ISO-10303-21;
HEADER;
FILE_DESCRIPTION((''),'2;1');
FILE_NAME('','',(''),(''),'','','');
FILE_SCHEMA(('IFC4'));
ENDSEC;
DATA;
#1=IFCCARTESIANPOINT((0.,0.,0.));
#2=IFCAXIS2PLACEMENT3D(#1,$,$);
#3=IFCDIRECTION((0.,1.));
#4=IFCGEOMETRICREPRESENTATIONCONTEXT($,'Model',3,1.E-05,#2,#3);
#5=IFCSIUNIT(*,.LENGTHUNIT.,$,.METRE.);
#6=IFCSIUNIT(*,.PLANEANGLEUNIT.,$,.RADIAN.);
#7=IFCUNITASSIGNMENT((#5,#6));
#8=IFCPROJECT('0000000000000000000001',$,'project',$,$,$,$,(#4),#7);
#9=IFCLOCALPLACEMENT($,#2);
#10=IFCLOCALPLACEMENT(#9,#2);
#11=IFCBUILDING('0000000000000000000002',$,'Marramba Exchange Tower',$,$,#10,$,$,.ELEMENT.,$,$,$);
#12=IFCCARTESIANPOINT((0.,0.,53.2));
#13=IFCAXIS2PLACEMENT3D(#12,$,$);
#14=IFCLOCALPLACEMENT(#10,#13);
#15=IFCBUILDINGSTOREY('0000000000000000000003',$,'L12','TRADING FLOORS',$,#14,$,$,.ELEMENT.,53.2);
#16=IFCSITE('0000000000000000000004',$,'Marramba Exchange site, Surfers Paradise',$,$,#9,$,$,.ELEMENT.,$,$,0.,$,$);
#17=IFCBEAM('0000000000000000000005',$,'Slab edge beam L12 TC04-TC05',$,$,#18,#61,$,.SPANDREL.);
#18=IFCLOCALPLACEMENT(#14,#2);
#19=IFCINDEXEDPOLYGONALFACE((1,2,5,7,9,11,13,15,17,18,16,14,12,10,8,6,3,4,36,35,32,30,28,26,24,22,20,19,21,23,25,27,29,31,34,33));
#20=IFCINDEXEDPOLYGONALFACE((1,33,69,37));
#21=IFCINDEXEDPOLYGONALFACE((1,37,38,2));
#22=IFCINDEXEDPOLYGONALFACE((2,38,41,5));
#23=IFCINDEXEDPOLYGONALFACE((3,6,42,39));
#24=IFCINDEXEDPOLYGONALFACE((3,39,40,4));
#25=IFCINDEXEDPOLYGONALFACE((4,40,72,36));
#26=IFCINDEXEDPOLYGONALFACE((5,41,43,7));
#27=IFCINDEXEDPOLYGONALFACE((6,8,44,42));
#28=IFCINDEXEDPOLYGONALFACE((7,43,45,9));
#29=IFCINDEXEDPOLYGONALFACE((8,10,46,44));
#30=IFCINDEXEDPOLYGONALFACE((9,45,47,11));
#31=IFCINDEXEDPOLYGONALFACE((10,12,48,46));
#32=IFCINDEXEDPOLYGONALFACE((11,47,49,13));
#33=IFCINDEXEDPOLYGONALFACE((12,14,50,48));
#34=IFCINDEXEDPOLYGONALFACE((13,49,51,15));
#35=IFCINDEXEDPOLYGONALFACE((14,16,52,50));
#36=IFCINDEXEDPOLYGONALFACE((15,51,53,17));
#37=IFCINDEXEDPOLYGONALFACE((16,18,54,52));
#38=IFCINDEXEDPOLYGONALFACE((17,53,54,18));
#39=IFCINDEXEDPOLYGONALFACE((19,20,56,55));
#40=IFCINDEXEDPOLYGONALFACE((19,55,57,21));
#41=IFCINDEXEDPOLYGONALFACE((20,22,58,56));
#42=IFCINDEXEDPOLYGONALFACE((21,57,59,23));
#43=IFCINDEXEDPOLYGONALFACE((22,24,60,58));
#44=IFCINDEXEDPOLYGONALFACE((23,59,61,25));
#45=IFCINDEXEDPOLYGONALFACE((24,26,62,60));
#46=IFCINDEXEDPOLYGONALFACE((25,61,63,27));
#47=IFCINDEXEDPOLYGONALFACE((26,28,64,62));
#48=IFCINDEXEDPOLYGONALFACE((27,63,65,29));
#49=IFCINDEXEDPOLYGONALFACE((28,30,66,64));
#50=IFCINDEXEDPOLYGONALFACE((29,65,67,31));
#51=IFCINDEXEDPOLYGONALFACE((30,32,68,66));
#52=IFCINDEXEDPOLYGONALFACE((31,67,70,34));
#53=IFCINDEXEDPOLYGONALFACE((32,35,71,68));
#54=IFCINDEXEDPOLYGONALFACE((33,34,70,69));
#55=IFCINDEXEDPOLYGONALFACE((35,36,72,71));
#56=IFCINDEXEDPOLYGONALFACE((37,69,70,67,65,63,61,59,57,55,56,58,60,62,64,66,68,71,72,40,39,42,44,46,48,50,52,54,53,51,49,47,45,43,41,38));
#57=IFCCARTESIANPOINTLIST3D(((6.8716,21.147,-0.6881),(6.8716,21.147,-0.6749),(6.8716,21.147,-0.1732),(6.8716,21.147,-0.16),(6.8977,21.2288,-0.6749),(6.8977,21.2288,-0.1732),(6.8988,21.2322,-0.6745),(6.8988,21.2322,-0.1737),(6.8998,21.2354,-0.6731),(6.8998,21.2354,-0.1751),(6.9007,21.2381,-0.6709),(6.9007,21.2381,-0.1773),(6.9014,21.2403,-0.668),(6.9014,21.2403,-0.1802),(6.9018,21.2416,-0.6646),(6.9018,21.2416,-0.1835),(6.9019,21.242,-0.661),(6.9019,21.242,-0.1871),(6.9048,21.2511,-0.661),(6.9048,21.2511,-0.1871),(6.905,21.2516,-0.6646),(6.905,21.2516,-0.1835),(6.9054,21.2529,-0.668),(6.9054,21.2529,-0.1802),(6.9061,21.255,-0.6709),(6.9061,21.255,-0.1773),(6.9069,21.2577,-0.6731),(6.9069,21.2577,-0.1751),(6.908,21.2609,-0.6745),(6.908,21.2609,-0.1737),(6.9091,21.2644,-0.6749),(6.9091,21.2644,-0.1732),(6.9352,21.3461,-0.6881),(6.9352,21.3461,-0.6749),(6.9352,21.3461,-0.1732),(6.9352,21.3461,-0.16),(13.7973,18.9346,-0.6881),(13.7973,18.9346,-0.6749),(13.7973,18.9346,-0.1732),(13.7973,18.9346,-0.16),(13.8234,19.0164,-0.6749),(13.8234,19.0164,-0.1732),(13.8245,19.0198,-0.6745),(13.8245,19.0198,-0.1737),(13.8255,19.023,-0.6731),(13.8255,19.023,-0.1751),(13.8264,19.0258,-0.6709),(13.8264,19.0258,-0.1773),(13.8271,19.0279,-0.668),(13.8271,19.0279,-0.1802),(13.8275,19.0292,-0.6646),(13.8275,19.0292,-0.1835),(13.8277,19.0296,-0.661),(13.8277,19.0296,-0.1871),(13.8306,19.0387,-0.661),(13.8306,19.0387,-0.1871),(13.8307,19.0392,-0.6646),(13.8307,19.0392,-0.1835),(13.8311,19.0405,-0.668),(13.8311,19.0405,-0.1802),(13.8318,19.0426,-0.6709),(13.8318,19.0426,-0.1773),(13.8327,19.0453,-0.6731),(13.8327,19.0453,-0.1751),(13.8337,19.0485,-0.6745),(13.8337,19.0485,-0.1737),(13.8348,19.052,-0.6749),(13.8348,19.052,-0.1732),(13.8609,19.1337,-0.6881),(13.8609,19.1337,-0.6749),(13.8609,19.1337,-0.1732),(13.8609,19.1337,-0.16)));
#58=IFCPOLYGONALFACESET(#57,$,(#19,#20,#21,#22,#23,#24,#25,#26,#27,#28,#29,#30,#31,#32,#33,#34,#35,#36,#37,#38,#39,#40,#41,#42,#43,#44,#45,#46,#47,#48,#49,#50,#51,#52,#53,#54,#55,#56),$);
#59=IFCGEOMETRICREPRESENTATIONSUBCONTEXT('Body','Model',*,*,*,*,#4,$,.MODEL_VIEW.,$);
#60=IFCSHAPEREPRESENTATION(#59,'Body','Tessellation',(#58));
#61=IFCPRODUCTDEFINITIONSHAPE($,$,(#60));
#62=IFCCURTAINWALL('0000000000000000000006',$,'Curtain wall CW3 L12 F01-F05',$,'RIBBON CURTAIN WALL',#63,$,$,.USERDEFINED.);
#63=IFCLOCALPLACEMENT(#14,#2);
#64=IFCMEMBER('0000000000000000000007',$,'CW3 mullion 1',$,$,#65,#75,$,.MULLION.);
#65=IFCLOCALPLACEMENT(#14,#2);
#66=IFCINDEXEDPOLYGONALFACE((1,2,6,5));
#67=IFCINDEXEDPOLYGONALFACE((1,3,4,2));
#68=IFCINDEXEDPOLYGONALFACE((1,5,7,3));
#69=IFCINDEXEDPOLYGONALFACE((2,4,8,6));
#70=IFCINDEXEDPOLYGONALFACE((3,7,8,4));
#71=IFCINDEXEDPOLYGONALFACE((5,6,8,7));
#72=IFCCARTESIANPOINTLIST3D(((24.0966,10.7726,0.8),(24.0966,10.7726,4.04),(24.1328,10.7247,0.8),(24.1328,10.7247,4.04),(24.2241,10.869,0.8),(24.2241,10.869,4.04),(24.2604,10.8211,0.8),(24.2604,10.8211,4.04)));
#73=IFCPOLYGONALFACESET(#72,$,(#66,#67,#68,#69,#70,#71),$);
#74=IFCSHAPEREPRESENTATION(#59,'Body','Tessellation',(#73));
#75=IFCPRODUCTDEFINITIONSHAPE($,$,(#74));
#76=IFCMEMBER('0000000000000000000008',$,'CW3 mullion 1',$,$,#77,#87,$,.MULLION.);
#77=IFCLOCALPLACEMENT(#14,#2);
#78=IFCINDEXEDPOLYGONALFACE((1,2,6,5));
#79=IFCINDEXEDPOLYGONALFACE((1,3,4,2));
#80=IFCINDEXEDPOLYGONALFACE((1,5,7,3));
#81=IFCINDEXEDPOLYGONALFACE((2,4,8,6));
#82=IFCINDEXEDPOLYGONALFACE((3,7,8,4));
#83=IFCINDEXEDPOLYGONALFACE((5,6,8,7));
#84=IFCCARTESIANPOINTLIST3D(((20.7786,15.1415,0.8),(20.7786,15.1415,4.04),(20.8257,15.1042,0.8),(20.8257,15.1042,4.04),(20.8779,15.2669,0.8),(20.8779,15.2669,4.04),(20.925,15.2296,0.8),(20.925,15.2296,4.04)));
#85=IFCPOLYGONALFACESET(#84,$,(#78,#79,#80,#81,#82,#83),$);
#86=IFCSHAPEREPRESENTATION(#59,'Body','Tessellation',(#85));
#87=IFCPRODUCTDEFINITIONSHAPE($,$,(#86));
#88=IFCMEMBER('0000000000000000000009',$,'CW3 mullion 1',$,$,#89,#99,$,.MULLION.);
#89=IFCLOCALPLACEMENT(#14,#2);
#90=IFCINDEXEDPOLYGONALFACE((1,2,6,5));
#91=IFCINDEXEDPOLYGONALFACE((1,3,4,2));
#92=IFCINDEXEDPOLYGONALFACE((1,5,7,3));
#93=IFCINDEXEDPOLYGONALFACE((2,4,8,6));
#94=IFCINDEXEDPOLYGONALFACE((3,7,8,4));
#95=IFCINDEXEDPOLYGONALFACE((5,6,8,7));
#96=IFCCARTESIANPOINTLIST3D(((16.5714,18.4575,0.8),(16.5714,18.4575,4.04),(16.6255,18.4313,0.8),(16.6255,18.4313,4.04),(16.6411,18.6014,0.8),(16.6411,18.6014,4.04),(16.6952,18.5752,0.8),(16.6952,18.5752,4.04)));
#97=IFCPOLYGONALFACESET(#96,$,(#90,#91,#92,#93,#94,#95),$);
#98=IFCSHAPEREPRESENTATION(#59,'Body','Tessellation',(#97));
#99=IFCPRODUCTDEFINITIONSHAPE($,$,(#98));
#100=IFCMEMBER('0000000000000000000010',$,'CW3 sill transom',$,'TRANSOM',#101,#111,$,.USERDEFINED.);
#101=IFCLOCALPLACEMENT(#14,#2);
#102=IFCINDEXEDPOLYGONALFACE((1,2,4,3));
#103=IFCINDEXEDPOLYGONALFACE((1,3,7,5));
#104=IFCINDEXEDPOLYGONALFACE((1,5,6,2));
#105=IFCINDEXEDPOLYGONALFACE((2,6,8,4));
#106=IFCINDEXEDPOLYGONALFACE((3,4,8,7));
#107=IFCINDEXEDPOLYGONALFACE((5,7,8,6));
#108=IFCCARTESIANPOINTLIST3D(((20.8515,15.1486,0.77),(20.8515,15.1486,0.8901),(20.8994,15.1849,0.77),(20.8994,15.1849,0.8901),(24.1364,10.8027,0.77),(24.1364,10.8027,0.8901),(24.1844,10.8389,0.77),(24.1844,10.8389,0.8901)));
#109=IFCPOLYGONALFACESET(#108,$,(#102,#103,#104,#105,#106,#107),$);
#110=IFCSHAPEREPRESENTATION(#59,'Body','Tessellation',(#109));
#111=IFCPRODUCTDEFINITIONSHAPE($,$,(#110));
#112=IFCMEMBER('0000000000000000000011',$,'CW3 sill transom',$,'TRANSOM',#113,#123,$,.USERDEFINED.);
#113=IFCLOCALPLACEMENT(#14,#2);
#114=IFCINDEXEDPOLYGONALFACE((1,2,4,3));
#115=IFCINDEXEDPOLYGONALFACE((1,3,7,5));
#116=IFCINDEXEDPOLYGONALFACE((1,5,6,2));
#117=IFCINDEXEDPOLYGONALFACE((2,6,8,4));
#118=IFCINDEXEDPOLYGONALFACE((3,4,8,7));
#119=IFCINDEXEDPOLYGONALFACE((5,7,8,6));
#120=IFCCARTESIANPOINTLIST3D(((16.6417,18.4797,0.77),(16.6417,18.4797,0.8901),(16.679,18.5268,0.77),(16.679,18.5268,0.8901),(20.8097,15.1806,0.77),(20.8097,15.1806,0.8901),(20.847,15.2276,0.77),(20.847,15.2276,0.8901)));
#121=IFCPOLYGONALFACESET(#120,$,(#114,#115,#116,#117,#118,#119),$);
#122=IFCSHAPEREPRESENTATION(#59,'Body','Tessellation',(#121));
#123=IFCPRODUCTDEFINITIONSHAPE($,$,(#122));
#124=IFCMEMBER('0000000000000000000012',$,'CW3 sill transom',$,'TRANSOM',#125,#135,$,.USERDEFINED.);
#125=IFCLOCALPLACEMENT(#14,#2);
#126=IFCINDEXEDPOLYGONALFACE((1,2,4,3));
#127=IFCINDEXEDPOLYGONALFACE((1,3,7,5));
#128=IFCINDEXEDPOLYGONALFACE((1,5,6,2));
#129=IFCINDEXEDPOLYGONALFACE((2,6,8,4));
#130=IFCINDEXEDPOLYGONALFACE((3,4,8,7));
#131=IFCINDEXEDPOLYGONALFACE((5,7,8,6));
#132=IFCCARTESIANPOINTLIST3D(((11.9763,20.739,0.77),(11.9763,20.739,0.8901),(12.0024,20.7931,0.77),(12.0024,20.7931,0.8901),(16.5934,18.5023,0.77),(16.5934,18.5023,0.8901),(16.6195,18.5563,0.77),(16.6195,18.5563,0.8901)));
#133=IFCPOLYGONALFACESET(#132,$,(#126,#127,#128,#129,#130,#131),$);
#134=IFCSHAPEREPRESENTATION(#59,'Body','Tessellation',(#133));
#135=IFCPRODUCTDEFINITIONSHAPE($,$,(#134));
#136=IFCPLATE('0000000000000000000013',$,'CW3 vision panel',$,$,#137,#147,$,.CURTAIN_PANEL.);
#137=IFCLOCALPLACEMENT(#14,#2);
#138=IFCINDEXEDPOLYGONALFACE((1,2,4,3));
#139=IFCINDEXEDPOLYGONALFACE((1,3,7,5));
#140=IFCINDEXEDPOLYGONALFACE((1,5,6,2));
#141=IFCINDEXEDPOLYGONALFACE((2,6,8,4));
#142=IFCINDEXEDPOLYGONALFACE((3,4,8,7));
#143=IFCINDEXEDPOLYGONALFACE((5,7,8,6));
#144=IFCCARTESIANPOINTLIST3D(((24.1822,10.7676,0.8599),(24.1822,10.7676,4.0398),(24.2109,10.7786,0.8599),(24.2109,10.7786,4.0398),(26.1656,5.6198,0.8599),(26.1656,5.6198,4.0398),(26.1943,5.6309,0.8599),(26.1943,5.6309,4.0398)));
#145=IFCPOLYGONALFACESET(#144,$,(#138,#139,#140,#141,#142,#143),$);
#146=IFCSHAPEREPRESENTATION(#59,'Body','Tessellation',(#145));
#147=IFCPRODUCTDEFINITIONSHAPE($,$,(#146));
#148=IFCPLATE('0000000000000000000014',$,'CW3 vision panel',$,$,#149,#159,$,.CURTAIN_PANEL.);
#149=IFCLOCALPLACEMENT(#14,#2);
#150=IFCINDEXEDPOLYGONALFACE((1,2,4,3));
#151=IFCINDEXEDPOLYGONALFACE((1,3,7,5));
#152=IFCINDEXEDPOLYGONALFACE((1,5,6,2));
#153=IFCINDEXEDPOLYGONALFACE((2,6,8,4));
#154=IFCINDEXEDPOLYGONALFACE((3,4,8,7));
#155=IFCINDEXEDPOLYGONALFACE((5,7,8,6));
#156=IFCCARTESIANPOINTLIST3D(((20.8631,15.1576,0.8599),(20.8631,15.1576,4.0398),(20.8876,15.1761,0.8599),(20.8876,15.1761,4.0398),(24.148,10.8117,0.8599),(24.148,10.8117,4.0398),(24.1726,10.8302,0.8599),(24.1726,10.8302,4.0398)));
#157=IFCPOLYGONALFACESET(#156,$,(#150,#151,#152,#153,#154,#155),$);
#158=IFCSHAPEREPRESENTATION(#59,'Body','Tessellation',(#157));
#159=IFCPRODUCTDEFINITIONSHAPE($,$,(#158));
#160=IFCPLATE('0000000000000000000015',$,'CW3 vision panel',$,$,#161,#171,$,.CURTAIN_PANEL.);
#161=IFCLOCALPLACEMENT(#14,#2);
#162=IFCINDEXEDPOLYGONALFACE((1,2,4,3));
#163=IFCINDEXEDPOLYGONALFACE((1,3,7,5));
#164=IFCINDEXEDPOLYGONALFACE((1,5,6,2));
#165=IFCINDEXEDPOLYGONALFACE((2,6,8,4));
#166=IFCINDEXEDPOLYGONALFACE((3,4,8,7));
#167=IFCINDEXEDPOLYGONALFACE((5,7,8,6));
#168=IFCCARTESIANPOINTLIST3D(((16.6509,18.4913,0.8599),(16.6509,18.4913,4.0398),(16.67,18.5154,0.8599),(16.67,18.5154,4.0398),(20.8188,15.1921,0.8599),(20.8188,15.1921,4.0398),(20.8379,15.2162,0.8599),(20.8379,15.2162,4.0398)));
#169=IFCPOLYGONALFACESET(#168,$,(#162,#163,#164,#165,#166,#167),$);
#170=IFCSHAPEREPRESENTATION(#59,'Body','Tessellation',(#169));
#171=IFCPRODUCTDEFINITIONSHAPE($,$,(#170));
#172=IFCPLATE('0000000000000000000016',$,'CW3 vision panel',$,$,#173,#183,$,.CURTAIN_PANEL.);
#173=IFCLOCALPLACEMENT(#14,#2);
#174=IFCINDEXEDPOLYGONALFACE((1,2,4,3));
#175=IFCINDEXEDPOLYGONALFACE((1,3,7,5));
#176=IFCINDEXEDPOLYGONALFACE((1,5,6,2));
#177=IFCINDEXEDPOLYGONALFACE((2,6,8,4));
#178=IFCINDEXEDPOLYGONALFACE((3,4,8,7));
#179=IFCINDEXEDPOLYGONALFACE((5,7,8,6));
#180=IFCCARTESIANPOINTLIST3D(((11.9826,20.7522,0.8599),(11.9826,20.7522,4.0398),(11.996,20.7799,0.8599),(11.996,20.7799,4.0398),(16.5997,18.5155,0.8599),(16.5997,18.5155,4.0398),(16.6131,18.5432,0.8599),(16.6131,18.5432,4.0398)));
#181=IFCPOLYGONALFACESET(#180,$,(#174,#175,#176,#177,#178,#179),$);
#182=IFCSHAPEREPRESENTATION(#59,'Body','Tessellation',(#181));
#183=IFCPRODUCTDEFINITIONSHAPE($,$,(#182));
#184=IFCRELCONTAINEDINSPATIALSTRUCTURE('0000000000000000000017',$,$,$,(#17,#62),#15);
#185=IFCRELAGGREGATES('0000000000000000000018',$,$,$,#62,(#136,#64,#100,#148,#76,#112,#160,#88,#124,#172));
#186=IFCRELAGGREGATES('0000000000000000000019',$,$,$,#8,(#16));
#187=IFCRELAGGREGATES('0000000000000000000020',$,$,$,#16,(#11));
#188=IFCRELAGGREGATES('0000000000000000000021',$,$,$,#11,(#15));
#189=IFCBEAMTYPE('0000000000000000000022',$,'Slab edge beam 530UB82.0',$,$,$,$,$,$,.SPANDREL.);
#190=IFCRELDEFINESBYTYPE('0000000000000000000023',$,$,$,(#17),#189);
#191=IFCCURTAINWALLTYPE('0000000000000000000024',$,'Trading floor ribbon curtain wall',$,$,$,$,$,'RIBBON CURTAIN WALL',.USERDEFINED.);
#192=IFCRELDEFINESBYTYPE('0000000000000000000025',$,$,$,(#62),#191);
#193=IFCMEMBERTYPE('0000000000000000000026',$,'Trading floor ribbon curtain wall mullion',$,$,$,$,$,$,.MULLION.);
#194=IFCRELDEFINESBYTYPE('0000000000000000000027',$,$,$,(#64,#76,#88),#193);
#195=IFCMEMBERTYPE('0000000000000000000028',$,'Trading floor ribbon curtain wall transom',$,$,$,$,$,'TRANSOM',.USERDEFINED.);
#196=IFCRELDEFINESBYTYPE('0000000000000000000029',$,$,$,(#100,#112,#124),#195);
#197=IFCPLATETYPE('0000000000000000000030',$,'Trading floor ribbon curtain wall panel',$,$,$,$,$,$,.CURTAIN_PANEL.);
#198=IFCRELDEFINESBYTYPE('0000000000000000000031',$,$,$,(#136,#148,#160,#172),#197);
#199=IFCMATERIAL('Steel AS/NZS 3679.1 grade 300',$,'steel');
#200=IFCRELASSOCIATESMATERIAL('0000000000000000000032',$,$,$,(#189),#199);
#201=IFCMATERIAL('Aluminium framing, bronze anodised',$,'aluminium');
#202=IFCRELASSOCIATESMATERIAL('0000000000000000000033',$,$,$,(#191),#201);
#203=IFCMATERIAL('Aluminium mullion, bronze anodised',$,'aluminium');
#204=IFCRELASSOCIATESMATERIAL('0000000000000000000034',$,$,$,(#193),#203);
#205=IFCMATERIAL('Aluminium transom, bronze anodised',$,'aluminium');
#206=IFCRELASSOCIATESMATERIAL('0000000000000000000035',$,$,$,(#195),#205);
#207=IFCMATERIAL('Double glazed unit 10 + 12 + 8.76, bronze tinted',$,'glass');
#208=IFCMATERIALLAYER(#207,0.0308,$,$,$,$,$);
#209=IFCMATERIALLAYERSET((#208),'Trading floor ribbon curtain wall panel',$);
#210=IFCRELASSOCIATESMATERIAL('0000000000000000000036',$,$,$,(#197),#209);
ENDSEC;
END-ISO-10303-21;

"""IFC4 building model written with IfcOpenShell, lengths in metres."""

from ifc_helpers import new_model, si_unit, direction, frame, origin, origin_2d, place, context, subcontext, project, spatial, rectangle, i_section, extrude, material, layer, layer_set, material_profile, profile_set, type_object, element, aggregate, save


model = new_model("IFC4")

# Units and contexts
model_context = context("Model", 3, precision=1e-05, world=origin(), true_north=direction((0.0, 1.0)))
body_context = subcontext(model_context, "Body", "Model", "MODEL_VIEW")
ifc_project = project(units=[si_unit("LENGTHUNIT", "METRE"), si_unit("PLANEANGLEUNIT", "RADIAN")], contexts=[model_context])

# Site, building, storey
site_placement = place(None, origin())
site = spatial("IfcSite", under=ifc_project, at=site_placement, Name="Marramba Exchange site, Surfers Paradise", CompositionType="ELEMENT", RefElevation=0.0)
building_placement = place(site_placement, origin())
building = spatial("IfcBuilding", under=site, at=building_placement, Name="Marramba Exchange Tower", CompositionType="ELEMENT")
storey_placement = place(building_placement, frame((0.0, 0.0, 53.2)))
storey = spatial("IfcBuildingStorey", under=building, at=storey_placement, Name="L12", Description="TRADING FLOORS", CompositionType="ELEMENT", Elevation=53.2)

# Beam
ifc_material_1 = material(Name="Steel AS/NZS 3679.1 grade 300", Category="steel")
ifc_material_profile_1 = material_profile(ifc_material_1, i_section(OverallWidth=0.209, OverallDepth=0.5281, WebThickness=0.0095, FlangeThickness=0.0132, FilletRadius=0.0139, at=origin_2d()), Name="530UB82.0")
ifc_profile_set_1 = profile_set([ifc_material_profile_1], Name="Steel AS/NZS 3679.1 grade 300")
beam_type_1 = type_object("IfcBeamType", Name="Slab edge beam 530UB82.0", PredefinedType="SPANDREL", material=ifc_profile_set_1)
beam_1_placement = place(storey_placement, frame((13.8291, 19.0342, -0.4241), z_axis=(-0.952578, 0.304296, 0.0), x_axis=(-0.304296, -0.952578, 0.0)))
element("IfcBeam", 1, at=beam_1_placement, inside=storey, type_object=beam_type_1, Name="Slab edge beam L12 TC04-TC05", PredefinedType="SPANDREL", context=body_context, shape_type="SweptSolid", body=[
    extrude(i_section(OverallWidth=0.209, OverallDepth=0.5281, WebThickness=0.0095, FlangeThickness=0.0132, FilletRadius=0.0139, at=origin_2d()), origin(), (0.0, 0.0, 1.0), 7.2705),
])

# Curtain wall, members, plates
ifc_material_2 = material(Name="Aluminium framing, bronze anodised", Category="aluminium")
curtain_wall_type = type_object("IfcCurtainWallType", Name="Trading floor ribbon curtain wall", ElementType="RIBBON CURTAIN WALL", PredefinedType="USERDEFINED", material=ifc_material_2)
curtain_wall_placement = place(storey_placement, origin())
curtain_wall = element("IfcCurtainWall", 2, at=curtain_wall_placement, inside=storey, type_object=curtain_wall_type, Name="Curtain wall CW3 L12 F01-F05", ObjectType="RIBBON CURTAIN WALL", PredefinedType="USERDEFINED")
ifc_material_3 = material(Name="Aluminium mullion, bronze anodised", Category="aluminium")
ifc_material_profile_2 = material_profile(ifc_material_3, rectangle(XDim=0.1599, YDim=0.0601, at=origin_2d()), Name="CW3 mullion 60x160")
ifc_profile_set_2 = profile_set([ifc_material_profile_2], Name="Aluminium mullion, bronze anodised")
member_type_1 = type_object("IfcMemberType", Name="Trading floor ribbon curtain wall mullion", PredefinedType="MULLION", material=ifc_profile_set_2)
member_1_placement = place(storey_placement, frame((24.1785, 10.7969, 0.8), z_axis=(0.0, 0.0, 1.0), x_axis=(-0.797749, -0.60299, 0.0)))
member_1 = element("IfcMember", 3, at=member_1_placement, type_object=member_type_1, Name="CW3 mullion 1", PredefinedType="MULLION", context=body_context, shape_type="SweptSolid", body=[
    extrude(rectangle(XDim=0.1599, YDim=0.0601, at=origin_2d()), origin(), (0.0, 0.0, 1.0), 3.24),
])
member_2_placement = place(storey_placement, frame((20.8518, 15.1855, 0.8), z_axis=(0.0, 0.0, 1.0), x_axis=(-0.62065, -0.784088, 0.0)))
member_2 = element("IfcMember", 4, at=member_2_placement, type_object=member_type_1, Name="CW3 mullion 1", PredefinedType="MULLION", context=body_context, shape_type="SweptSolid", body=[
    extrude(rectangle(XDim=0.1599, YDim=0.0601, at=origin_2d()), origin(), (0.0, 0.0, 1.0), 3.24),
])
member_3_placement = place(storey_placement, frame((16.6333, 18.5164, 0.8), z_axis=(0.0, 0.0, 1.0), x_axis=(-0.435965, -0.899963, 0.0)))
member_3 = element("IfcMember", 5, at=member_3_placement, type_object=member_type_1, Name="CW3 mullion 1", PredefinedType="MULLION", context=body_context, shape_type="SweptSolid", body=[
    extrude(rectangle(XDim=0.1599, YDim=0.0601, at=origin_2d()), origin(), (0.0, 0.0, 1.0), 3.24),
])
ifc_material_4 = material(Name="Aluminium transom, bronze anodised", Category="aluminium")
ifc_material_profile_3 = material_profile(ifc_material_4, rectangle(XDim=0.0601, YDim=0.1201, at=origin_2d()), Name="CW3 transom 60x120")
ifc_profile_set_3 = profile_set([ifc_material_profile_3], Name="Aluminium transom, bronze anodised")
member_type_2 = type_object("IfcMemberType", Name="Trading floor ribbon curtain wall transom", ElementType="TRANSOM", PredefinedType="USERDEFINED", material=ifc_profile_set_3)
member_4_placement = place(storey_placement, frame((24.1604, 10.8208, 0.8301), z_axis=(-0.602986, 0.797752, 0.0), x_axis=(-0.797752, -0.602986, 0.0)))
member_4 = element("IfcMember", 6, at=member_4_placement, type_object=member_type_2, Name="CW3 sill transom", ObjectType="TRANSOM", PredefinedType="USERDEFINED", context=body_context, shape_type="SweptSolid", body=[
    extrude(rectangle(XDim=0.0601, YDim=0.1201, at=origin_2d()), origin(), (0.0, 0.0, 1.0), 5.4478),
])
member_5_placement = place(storey_placement, frame((20.8284, 15.2041, 0.8301), z_axis=(-0.784098, 0.620637, 0.0), x_axis=(-0.620637, -0.784098, 0.0)))
member_5 = element("IfcMember", 7, at=member_5_placement, type_object=member_type_2, Name="CW3 sill transom", ObjectType="TRANSOM", PredefinedType="USERDEFINED", context=body_context, shape_type="SweptSolid", body=[
    extrude(rectangle(XDim=0.0601, YDim=0.1201, at=origin_2d()), origin(), (0.0, 0.0, 1.0), 5.3157),
])
member_6_placement = place(storey_placement, frame((16.6064, 18.5293, 0.8301), z_axis=(-0.899953, 0.435986, 0.0), x_axis=(-0.435986, -0.899953, 0.0)))
member_6 = element("IfcMember", 8, at=member_6_placement, type_object=member_type_2, Name="CW3 sill transom", ObjectType="TRANSOM", PredefinedType="USERDEFINED", context=body_context, shape_type="SweptSolid", body=[
    extrude(rectangle(XDim=0.0601, YDim=0.1201, at=origin_2d()), origin(), (0.0, 0.0, 1.0), 5.1304),
])
ifc_material_5 = material(Name="Double glazed unit 10 + 12 + 8.76, bronze tinted", Category="glass")
ifc_layer_1 = layer(ifc_material_5, 0.0308)
ifc_layer_set_1 = layer_set([ifc_layer_1], Name="Trading floor ribbon curtain wall panel")
plate_type = type_object("IfcPlateType", Name="Trading floor ribbon curtain wall panel", PredefinedType="CURTAIN_PANEL", material=ifc_layer_set_1)
plate_1_placement = place(storey_placement, frame((25.1882, 8.1992, 0.8599), z_axis=(0.0, 0.0, 1.0), x_axis=(-0.359526, 0.933135, 0.0)))
plate_1 = element("IfcPlate", 9, at=plate_1_placement, type_object=plate_type, Name="CW3 vision panel", PredefinedType="CURTAIN_PANEL", context=body_context, shape_type="SweptSolid", body=[
    extrude(rectangle(XDim=5.5166, YDim=0.0308, at=origin_2d()), origin(), (0.0, 0.0, 1.0), 3.1799),
])
plate_2_placement = place(storey_placement, frame((22.5178, 12.9939, 0.8599), z_axis=(0.0, 0.0, 1.0), x_axis=(-0.60299, 0.797749, 0.0)))
plate_2 = element("IfcPlate", 10, at=plate_2_placement, type_object=plate_type, Name="CW3 vision panel", PredefinedType="CURTAIN_PANEL", context=body_context, shape_type="SweptSolid", body=[
    extrude(rectangle(XDim=5.4478, YDim=0.0308, at=origin_2d()), origin(), (0.0, 0.0, 1.0), 3.1799),
])
plate_3_placement = place(storey_placement, frame((18.7444, 16.8538, 0.8599), z_axis=(0.0, 0.0, 1.0), x_axis=(-0.784088, 0.62065, 0.0)))
plate_3 = element("IfcPlate", 11, at=plate_3_placement, type_object=plate_type, Name="CW3 vision panel", PredefinedType="CURTAIN_PANEL", context=body_context, shape_type="SweptSolid", body=[
    extrude(rectangle(XDim=5.3157, YDim=0.0308, at=origin_2d()), origin(), (0.0, 0.0, 1.0), 3.1799),
])
plate_4_placement = place(storey_placement, frame((14.2979, 19.6477, 0.8599), z_axis=(0.0, 0.0, 1.0), x_axis=(-0.899963, 0.435965, 0.0)))
plate_4 = element("IfcPlate", 12, at=plate_4_placement, type_object=plate_type, Name="CW3 vision panel", PredefinedType="CURTAIN_PANEL", context=body_context, shape_type="SweptSolid", body=[
    extrude(rectangle(XDim=5.1304, YDim=0.0308, at=origin_2d()), origin(), (0.0, 0.0, 1.0), 3.1799),
])
aggregate(curtain_wall, [plate_1, member_1, member_4, plate_2, member_2, member_5, plate_3, member_3, member_6, plate_4])

save(model, "model.ifc")
